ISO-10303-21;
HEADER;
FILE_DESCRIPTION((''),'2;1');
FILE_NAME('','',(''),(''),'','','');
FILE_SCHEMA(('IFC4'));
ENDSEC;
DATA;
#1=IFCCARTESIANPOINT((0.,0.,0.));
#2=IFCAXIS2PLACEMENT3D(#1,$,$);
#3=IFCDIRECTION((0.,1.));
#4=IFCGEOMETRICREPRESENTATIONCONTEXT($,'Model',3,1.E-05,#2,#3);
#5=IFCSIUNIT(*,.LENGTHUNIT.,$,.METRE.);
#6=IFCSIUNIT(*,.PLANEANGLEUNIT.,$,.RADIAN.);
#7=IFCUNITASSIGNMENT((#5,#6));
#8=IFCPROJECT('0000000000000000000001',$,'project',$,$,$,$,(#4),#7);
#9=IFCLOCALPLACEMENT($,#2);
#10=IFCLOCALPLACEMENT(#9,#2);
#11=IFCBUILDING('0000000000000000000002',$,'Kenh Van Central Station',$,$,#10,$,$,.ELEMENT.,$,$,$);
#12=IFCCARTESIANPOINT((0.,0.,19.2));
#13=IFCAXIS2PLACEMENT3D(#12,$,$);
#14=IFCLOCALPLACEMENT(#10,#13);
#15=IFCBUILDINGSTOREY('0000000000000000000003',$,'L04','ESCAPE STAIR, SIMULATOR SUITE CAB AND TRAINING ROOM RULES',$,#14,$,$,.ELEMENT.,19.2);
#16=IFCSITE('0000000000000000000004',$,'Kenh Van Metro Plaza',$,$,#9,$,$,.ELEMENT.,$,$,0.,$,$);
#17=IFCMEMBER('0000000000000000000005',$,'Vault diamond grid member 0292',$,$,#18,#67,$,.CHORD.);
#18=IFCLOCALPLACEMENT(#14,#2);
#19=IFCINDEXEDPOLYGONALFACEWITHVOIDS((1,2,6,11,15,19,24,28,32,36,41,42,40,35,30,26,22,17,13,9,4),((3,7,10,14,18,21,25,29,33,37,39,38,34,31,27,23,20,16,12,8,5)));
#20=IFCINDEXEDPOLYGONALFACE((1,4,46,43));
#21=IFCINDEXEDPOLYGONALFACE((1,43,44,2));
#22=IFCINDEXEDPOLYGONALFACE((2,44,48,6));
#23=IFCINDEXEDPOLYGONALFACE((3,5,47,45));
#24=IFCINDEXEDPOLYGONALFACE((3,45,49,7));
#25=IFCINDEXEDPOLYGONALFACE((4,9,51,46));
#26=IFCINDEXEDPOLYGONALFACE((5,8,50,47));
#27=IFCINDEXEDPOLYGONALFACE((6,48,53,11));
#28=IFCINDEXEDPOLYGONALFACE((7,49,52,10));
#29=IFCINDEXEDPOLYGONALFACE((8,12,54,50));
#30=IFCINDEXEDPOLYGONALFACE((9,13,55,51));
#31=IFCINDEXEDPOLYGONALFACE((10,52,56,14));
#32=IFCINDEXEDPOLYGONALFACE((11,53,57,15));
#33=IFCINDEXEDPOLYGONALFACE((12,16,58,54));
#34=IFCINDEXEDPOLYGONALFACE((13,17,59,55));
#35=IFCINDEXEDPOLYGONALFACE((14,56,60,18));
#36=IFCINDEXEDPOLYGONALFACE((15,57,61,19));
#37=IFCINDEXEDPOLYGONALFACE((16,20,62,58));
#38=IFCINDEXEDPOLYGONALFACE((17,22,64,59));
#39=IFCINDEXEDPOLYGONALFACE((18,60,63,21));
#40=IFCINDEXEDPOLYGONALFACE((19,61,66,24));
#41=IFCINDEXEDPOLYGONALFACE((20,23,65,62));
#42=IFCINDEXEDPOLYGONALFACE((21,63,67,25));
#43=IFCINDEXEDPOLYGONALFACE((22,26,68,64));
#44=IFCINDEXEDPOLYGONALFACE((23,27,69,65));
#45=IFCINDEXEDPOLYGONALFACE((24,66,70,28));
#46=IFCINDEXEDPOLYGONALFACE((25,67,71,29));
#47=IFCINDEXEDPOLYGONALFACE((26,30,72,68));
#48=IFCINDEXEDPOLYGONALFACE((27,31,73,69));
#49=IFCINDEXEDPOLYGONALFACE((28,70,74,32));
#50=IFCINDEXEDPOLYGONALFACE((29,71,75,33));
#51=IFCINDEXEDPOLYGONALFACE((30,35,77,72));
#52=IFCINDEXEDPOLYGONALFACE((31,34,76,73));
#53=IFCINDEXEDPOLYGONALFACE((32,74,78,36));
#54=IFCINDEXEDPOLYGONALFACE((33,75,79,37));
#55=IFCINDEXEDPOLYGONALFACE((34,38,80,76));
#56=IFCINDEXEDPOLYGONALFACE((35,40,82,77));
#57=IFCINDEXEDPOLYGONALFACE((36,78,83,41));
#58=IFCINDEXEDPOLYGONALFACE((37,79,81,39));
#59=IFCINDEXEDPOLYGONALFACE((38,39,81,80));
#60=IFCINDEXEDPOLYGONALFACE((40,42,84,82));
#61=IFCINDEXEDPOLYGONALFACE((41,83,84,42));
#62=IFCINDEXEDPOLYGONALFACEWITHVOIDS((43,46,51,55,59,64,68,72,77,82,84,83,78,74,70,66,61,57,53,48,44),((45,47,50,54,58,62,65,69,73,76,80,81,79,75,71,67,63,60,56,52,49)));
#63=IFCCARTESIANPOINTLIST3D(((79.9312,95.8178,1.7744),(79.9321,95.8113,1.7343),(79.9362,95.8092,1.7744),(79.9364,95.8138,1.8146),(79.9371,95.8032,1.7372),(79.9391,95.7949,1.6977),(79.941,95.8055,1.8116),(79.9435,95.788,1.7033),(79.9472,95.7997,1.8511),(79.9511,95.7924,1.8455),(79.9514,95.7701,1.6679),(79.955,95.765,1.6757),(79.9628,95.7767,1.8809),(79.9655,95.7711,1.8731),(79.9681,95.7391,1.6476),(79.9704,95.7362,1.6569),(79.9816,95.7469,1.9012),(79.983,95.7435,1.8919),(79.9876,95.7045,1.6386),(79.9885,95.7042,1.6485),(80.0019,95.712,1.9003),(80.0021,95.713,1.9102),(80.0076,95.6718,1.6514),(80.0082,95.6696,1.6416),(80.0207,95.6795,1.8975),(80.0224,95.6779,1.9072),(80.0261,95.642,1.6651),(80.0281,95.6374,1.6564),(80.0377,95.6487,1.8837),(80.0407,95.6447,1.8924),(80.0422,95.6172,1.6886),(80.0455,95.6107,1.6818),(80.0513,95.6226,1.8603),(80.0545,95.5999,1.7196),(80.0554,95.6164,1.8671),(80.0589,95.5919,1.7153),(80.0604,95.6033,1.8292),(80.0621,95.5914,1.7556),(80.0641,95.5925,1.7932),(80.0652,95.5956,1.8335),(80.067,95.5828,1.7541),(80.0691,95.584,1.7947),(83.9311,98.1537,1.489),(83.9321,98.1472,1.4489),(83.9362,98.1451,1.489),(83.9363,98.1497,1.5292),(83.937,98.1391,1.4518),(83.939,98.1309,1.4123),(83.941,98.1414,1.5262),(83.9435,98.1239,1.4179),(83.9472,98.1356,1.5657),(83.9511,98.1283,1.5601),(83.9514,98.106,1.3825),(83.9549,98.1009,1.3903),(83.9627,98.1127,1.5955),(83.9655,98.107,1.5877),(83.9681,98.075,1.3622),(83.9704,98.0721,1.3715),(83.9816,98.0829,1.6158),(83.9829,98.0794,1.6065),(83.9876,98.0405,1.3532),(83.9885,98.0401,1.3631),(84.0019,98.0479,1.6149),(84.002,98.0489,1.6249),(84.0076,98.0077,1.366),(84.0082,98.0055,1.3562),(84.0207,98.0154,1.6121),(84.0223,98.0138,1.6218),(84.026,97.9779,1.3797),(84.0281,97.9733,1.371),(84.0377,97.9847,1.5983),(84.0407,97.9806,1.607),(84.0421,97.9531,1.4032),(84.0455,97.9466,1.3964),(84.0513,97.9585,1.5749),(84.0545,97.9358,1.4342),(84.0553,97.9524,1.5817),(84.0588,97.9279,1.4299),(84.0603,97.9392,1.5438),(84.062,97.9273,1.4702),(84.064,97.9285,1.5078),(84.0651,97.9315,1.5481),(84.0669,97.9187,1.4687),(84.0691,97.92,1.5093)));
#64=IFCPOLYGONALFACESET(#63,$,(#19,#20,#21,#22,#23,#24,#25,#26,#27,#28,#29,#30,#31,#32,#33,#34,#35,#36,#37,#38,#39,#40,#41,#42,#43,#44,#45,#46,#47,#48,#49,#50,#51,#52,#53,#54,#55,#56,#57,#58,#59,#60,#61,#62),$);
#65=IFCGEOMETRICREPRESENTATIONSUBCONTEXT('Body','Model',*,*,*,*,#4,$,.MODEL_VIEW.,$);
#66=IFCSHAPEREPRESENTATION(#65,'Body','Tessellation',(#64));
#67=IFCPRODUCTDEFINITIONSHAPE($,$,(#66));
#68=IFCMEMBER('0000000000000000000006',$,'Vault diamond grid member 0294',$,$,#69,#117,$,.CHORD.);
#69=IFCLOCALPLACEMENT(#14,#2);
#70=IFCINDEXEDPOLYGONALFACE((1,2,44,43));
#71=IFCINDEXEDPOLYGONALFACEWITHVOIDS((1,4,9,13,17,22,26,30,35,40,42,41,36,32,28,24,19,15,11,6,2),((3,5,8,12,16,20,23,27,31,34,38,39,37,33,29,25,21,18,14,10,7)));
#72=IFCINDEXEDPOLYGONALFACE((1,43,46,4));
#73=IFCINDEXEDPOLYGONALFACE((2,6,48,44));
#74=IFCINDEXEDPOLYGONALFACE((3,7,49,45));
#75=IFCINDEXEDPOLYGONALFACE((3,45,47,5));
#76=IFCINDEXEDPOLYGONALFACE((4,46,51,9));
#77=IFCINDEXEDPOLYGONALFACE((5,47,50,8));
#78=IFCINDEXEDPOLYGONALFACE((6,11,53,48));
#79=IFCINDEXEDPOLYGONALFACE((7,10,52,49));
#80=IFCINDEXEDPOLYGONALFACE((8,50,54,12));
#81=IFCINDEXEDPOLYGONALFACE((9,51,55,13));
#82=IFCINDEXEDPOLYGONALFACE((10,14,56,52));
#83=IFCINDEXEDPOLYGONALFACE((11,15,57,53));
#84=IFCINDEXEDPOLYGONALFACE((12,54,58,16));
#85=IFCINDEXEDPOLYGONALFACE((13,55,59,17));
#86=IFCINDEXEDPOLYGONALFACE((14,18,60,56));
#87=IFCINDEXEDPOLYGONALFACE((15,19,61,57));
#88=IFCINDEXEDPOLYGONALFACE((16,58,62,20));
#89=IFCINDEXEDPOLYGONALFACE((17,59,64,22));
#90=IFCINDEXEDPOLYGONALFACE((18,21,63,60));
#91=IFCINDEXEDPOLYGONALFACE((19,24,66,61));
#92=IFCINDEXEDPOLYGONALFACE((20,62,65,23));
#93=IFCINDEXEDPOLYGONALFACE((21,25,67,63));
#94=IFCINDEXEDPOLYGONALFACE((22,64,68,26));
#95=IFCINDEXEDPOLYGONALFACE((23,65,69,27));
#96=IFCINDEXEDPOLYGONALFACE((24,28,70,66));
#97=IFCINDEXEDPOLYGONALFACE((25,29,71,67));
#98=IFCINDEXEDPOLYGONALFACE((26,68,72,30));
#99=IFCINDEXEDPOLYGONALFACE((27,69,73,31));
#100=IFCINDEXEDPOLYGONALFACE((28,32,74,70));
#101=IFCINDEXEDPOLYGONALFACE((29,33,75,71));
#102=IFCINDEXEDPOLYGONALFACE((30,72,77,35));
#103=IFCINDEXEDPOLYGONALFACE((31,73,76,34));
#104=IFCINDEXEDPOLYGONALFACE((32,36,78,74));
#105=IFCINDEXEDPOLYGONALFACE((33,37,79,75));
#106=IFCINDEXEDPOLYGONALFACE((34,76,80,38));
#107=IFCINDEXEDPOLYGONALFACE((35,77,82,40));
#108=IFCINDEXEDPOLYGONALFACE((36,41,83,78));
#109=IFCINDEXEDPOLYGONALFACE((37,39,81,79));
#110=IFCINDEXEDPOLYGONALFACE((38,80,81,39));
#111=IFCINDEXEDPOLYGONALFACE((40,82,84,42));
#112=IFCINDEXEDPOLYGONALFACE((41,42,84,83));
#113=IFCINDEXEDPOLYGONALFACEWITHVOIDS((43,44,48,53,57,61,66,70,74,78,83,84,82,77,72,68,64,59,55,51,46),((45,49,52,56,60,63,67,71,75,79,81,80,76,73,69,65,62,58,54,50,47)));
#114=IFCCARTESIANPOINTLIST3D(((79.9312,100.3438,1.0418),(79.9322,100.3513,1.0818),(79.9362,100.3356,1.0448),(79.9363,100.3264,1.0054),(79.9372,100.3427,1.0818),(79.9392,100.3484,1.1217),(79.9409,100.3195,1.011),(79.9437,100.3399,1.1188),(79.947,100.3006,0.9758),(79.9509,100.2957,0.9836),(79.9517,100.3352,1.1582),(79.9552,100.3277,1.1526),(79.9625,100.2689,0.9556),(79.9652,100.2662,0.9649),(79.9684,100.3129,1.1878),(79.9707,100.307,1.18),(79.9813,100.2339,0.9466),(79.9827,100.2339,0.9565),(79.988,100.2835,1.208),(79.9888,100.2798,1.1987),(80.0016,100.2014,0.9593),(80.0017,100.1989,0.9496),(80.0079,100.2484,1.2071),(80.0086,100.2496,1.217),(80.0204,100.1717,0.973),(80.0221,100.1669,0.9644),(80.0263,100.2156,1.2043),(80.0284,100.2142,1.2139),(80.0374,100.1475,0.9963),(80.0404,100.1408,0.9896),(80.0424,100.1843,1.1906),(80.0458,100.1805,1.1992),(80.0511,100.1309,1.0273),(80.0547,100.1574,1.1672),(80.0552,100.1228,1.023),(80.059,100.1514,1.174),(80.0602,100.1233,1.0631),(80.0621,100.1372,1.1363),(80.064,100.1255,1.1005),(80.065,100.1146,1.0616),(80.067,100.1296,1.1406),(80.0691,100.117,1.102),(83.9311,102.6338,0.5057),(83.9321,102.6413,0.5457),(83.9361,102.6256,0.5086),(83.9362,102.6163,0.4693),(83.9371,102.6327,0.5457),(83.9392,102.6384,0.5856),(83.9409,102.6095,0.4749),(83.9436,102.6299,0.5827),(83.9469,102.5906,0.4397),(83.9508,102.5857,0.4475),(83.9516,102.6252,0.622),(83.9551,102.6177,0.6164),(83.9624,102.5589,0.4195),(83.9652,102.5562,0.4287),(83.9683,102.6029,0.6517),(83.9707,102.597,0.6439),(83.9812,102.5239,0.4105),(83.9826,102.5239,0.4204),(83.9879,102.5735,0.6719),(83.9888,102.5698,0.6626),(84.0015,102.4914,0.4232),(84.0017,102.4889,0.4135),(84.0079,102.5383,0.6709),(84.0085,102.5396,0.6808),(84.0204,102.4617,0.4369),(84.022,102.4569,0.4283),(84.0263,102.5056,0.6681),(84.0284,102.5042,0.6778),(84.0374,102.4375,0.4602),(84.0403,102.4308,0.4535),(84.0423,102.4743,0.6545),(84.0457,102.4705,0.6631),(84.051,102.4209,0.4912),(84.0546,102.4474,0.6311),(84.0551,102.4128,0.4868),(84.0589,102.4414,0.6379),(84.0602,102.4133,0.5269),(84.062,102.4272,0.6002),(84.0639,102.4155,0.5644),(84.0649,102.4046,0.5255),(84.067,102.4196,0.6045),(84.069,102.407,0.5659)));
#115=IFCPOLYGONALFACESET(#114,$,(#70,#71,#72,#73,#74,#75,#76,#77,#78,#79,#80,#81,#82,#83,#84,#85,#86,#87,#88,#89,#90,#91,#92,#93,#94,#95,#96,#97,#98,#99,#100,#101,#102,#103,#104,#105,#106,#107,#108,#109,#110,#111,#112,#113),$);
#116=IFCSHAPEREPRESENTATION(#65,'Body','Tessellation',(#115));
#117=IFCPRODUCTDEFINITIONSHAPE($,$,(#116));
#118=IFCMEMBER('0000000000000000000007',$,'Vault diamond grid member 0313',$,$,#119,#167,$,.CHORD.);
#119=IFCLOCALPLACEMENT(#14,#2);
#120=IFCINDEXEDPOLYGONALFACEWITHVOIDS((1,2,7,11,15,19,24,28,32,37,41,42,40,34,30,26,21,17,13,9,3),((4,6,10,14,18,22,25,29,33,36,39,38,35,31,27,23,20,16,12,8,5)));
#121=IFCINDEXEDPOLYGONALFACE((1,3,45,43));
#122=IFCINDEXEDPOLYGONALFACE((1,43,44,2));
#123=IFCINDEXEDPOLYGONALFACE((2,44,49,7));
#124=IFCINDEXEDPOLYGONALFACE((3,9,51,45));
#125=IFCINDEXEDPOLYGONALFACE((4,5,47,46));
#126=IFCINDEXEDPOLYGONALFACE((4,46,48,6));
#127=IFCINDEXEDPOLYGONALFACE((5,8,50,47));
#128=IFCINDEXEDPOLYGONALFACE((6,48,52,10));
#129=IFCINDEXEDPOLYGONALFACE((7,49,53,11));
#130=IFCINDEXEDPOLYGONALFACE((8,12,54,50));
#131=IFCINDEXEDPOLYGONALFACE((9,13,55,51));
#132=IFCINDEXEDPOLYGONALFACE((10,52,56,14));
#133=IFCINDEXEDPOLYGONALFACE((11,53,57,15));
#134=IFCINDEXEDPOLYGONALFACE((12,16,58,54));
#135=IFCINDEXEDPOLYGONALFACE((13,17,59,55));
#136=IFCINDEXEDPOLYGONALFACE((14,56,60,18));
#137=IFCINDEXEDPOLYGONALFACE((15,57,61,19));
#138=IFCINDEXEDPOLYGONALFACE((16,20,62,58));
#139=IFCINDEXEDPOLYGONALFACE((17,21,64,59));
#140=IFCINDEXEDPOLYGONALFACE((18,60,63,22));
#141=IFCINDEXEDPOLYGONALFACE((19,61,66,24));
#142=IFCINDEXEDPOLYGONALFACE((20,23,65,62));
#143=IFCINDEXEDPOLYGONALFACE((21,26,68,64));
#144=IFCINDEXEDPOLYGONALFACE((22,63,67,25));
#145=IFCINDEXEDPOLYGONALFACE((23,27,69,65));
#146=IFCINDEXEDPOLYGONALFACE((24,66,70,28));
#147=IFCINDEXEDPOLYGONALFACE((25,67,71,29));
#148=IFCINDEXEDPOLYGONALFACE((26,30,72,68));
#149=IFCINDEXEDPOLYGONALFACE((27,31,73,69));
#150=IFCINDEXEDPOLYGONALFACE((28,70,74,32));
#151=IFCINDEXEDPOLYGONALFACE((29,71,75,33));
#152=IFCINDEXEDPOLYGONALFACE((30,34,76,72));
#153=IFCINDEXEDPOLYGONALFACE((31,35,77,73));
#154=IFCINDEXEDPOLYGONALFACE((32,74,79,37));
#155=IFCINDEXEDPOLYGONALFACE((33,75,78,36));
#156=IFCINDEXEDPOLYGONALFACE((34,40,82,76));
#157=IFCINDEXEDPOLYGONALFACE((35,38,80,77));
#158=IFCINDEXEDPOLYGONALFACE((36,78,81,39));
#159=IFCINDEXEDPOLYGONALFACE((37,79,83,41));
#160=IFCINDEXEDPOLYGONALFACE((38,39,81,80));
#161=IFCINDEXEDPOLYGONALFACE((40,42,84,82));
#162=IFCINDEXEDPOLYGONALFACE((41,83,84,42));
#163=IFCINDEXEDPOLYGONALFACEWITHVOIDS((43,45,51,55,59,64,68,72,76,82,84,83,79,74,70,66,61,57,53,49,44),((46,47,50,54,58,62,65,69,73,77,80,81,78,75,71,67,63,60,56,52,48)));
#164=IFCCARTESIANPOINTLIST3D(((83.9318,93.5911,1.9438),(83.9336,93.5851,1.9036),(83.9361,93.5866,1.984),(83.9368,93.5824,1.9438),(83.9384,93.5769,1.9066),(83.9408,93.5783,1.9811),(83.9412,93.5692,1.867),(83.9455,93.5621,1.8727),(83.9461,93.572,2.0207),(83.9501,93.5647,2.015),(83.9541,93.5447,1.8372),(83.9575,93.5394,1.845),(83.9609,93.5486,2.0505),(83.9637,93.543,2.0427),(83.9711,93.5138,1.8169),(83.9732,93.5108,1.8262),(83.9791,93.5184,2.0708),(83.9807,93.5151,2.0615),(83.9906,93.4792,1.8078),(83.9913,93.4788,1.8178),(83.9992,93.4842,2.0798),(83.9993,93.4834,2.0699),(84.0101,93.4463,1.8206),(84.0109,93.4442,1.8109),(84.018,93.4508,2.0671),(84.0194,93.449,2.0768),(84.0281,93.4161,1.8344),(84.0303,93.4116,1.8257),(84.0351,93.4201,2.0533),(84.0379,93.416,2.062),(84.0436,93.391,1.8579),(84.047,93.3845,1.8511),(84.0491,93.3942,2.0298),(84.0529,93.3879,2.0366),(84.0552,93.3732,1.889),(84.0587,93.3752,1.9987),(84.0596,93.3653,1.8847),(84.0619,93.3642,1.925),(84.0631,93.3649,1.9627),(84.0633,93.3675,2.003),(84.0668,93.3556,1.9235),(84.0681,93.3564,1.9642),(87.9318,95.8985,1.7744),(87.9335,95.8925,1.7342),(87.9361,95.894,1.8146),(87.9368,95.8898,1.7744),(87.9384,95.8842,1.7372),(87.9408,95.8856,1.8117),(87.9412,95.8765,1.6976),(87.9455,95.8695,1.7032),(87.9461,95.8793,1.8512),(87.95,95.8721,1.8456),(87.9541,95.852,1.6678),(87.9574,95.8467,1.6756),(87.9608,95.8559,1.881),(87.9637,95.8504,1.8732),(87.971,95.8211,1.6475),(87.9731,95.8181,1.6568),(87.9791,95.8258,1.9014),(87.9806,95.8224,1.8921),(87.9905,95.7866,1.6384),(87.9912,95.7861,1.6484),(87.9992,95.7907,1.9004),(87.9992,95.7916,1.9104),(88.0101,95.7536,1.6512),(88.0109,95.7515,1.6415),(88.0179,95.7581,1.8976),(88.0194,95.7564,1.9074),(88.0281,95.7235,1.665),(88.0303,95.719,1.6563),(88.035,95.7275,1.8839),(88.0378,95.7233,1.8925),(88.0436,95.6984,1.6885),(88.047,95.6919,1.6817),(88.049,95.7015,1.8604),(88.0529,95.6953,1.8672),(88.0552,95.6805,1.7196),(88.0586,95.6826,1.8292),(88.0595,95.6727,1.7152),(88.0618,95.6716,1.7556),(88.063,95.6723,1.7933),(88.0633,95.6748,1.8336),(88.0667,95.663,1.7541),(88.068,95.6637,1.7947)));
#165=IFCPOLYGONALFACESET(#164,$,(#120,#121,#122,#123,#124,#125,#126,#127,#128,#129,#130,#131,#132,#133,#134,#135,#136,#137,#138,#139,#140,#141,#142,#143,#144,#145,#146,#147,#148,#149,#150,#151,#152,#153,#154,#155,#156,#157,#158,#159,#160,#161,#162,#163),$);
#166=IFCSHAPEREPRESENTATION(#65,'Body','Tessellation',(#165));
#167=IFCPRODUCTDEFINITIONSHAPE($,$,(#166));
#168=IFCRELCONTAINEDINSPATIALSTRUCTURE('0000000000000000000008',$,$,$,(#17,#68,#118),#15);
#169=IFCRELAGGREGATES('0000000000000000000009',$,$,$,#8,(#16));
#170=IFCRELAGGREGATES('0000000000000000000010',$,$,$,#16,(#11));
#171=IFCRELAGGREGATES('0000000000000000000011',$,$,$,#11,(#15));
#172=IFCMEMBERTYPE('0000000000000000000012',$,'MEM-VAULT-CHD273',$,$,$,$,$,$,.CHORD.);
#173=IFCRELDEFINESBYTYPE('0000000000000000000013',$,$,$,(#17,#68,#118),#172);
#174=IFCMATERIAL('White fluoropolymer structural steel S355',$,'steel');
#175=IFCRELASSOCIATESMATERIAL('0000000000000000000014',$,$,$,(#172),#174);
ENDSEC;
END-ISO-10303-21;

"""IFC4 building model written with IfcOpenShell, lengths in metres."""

from ifc_helpers import new_model, si_unit, direction, frame, origin, origin_2d, place, context, subcontext, project, spatial, hollow_circle, extrude, material, material_profile, profile_set, type_object, element, save


model = new_model("IFC4")

# Units and contexts
model_context = context("Model", 3, precision=1e-05, world=origin(), true_north=direction((0.0, 1.0)))
body_context = subcontext(model_context, "Body", "Model", "MODEL_VIEW")
ifc_project = project(units=[si_unit("LENGTHUNIT", "METRE"), si_unit("PLANEANGLEUNIT", "RADIAN")], contexts=[model_context])

# Site, building, storey
site_placement = place(None, origin())
site = spatial("IfcSite", under=ifc_project, at=site_placement, Name="Kenh Van Metro Plaza", CompositionType="ELEMENT", RefElevation=0.0)
building_placement = place(site_placement, origin())
building = spatial("IfcBuilding", under=site, at=building_placement, Name="Kenh Van Central Station", CompositionType="ELEMENT")
storey_placement = place(building_placement, frame((0.0, 0.0, 19.2)))
storey = spatial("IfcBuildingStorey", under=building, at=storey_placement, Name="L04", Description="ESCAPE STAIR, SIMULATOR SUITE CAB AND TRAINING ROOM RULES", CompositionType="ELEMENT", Elevation=19.2)

# Shared definitions
ifc_material_1 = material(Name="White fluoropolymer structural steel S355", Category="steel")

# Members
ifc_material_profile_1 = material_profile(ifc_material_1, hollow_circle(Radius=0.1365, WallThickness=0.01, at=origin_2d()), Name="CHS 273x10")
ifc_profile_set_1 = profile_set([ifc_material_profile_1], Name="White fluoropolymer structural steel S355")
member_type_1 = type_object("IfcMemberType", Name="MEM-VAULT-CHD273", PredefinedType="CHORD", material=ifc_profile_set_1)
member_1_placement = place(storey_placement, frame((80.0, 95.7, 1.7744), z_axis=(0.8619, 0.503336, -0.061497), x_axis=(-0.50429, 0.863534, 0.0)))
element("IfcMember", 1, at=member_1_placement, inside=storey, type_object=member_type_1, Name="Vault diamond grid member 0292", PredefinedType="CHORD", context=body_context, shape_type="SweptSolid", body=[
    extrude(hollow_circle(Radius=0.1365, WallThickness=0.01, at=origin_2d()), origin(), (0.0, 0.0, 1.0), 4.6409),
])
member_2_placement = place(storey_placement, frame((80.0, 100.2329, 1.0818), z_axis=(0.862027, 0.493519, -0.11554), x_axis=(-0.496846, 0.867839, 0.0)))
element("IfcMember", 2, at=member_2_placement, inside=storey, type_object=member_type_1, Name="Vault diamond grid member 0294", PredefinedType="CHORD", context=body_context, shape_type="SweptSolid", body=[
    extrude(hollow_circle(Radius=0.1365, WallThickness=0.01, at=origin_2d()), origin(), (0.0, 0.0, 1.0), 4.6401),
])
member_3_placement = place(storey_placement, frame((84.0, 93.4729, 1.9438), z_axis=(0.865633, 0.499335, -0.036667), x_axis=(-0.499671, 0.866216, 0.0)))
element("IfcMember", 3, at=member_3_placement, inside=storey, type_object=member_type_1, Name="Vault diamond grid member 0313", PredefinedType="CHORD", context=body_context, shape_type="SweptSolid", body=[
    extrude(hollow_circle(Radius=0.1365, WallThickness=0.01, at=origin_2d()), origin(), (0.0, 0.0, 1.0), 4.6208),
])

save(model, "model.ifc")
